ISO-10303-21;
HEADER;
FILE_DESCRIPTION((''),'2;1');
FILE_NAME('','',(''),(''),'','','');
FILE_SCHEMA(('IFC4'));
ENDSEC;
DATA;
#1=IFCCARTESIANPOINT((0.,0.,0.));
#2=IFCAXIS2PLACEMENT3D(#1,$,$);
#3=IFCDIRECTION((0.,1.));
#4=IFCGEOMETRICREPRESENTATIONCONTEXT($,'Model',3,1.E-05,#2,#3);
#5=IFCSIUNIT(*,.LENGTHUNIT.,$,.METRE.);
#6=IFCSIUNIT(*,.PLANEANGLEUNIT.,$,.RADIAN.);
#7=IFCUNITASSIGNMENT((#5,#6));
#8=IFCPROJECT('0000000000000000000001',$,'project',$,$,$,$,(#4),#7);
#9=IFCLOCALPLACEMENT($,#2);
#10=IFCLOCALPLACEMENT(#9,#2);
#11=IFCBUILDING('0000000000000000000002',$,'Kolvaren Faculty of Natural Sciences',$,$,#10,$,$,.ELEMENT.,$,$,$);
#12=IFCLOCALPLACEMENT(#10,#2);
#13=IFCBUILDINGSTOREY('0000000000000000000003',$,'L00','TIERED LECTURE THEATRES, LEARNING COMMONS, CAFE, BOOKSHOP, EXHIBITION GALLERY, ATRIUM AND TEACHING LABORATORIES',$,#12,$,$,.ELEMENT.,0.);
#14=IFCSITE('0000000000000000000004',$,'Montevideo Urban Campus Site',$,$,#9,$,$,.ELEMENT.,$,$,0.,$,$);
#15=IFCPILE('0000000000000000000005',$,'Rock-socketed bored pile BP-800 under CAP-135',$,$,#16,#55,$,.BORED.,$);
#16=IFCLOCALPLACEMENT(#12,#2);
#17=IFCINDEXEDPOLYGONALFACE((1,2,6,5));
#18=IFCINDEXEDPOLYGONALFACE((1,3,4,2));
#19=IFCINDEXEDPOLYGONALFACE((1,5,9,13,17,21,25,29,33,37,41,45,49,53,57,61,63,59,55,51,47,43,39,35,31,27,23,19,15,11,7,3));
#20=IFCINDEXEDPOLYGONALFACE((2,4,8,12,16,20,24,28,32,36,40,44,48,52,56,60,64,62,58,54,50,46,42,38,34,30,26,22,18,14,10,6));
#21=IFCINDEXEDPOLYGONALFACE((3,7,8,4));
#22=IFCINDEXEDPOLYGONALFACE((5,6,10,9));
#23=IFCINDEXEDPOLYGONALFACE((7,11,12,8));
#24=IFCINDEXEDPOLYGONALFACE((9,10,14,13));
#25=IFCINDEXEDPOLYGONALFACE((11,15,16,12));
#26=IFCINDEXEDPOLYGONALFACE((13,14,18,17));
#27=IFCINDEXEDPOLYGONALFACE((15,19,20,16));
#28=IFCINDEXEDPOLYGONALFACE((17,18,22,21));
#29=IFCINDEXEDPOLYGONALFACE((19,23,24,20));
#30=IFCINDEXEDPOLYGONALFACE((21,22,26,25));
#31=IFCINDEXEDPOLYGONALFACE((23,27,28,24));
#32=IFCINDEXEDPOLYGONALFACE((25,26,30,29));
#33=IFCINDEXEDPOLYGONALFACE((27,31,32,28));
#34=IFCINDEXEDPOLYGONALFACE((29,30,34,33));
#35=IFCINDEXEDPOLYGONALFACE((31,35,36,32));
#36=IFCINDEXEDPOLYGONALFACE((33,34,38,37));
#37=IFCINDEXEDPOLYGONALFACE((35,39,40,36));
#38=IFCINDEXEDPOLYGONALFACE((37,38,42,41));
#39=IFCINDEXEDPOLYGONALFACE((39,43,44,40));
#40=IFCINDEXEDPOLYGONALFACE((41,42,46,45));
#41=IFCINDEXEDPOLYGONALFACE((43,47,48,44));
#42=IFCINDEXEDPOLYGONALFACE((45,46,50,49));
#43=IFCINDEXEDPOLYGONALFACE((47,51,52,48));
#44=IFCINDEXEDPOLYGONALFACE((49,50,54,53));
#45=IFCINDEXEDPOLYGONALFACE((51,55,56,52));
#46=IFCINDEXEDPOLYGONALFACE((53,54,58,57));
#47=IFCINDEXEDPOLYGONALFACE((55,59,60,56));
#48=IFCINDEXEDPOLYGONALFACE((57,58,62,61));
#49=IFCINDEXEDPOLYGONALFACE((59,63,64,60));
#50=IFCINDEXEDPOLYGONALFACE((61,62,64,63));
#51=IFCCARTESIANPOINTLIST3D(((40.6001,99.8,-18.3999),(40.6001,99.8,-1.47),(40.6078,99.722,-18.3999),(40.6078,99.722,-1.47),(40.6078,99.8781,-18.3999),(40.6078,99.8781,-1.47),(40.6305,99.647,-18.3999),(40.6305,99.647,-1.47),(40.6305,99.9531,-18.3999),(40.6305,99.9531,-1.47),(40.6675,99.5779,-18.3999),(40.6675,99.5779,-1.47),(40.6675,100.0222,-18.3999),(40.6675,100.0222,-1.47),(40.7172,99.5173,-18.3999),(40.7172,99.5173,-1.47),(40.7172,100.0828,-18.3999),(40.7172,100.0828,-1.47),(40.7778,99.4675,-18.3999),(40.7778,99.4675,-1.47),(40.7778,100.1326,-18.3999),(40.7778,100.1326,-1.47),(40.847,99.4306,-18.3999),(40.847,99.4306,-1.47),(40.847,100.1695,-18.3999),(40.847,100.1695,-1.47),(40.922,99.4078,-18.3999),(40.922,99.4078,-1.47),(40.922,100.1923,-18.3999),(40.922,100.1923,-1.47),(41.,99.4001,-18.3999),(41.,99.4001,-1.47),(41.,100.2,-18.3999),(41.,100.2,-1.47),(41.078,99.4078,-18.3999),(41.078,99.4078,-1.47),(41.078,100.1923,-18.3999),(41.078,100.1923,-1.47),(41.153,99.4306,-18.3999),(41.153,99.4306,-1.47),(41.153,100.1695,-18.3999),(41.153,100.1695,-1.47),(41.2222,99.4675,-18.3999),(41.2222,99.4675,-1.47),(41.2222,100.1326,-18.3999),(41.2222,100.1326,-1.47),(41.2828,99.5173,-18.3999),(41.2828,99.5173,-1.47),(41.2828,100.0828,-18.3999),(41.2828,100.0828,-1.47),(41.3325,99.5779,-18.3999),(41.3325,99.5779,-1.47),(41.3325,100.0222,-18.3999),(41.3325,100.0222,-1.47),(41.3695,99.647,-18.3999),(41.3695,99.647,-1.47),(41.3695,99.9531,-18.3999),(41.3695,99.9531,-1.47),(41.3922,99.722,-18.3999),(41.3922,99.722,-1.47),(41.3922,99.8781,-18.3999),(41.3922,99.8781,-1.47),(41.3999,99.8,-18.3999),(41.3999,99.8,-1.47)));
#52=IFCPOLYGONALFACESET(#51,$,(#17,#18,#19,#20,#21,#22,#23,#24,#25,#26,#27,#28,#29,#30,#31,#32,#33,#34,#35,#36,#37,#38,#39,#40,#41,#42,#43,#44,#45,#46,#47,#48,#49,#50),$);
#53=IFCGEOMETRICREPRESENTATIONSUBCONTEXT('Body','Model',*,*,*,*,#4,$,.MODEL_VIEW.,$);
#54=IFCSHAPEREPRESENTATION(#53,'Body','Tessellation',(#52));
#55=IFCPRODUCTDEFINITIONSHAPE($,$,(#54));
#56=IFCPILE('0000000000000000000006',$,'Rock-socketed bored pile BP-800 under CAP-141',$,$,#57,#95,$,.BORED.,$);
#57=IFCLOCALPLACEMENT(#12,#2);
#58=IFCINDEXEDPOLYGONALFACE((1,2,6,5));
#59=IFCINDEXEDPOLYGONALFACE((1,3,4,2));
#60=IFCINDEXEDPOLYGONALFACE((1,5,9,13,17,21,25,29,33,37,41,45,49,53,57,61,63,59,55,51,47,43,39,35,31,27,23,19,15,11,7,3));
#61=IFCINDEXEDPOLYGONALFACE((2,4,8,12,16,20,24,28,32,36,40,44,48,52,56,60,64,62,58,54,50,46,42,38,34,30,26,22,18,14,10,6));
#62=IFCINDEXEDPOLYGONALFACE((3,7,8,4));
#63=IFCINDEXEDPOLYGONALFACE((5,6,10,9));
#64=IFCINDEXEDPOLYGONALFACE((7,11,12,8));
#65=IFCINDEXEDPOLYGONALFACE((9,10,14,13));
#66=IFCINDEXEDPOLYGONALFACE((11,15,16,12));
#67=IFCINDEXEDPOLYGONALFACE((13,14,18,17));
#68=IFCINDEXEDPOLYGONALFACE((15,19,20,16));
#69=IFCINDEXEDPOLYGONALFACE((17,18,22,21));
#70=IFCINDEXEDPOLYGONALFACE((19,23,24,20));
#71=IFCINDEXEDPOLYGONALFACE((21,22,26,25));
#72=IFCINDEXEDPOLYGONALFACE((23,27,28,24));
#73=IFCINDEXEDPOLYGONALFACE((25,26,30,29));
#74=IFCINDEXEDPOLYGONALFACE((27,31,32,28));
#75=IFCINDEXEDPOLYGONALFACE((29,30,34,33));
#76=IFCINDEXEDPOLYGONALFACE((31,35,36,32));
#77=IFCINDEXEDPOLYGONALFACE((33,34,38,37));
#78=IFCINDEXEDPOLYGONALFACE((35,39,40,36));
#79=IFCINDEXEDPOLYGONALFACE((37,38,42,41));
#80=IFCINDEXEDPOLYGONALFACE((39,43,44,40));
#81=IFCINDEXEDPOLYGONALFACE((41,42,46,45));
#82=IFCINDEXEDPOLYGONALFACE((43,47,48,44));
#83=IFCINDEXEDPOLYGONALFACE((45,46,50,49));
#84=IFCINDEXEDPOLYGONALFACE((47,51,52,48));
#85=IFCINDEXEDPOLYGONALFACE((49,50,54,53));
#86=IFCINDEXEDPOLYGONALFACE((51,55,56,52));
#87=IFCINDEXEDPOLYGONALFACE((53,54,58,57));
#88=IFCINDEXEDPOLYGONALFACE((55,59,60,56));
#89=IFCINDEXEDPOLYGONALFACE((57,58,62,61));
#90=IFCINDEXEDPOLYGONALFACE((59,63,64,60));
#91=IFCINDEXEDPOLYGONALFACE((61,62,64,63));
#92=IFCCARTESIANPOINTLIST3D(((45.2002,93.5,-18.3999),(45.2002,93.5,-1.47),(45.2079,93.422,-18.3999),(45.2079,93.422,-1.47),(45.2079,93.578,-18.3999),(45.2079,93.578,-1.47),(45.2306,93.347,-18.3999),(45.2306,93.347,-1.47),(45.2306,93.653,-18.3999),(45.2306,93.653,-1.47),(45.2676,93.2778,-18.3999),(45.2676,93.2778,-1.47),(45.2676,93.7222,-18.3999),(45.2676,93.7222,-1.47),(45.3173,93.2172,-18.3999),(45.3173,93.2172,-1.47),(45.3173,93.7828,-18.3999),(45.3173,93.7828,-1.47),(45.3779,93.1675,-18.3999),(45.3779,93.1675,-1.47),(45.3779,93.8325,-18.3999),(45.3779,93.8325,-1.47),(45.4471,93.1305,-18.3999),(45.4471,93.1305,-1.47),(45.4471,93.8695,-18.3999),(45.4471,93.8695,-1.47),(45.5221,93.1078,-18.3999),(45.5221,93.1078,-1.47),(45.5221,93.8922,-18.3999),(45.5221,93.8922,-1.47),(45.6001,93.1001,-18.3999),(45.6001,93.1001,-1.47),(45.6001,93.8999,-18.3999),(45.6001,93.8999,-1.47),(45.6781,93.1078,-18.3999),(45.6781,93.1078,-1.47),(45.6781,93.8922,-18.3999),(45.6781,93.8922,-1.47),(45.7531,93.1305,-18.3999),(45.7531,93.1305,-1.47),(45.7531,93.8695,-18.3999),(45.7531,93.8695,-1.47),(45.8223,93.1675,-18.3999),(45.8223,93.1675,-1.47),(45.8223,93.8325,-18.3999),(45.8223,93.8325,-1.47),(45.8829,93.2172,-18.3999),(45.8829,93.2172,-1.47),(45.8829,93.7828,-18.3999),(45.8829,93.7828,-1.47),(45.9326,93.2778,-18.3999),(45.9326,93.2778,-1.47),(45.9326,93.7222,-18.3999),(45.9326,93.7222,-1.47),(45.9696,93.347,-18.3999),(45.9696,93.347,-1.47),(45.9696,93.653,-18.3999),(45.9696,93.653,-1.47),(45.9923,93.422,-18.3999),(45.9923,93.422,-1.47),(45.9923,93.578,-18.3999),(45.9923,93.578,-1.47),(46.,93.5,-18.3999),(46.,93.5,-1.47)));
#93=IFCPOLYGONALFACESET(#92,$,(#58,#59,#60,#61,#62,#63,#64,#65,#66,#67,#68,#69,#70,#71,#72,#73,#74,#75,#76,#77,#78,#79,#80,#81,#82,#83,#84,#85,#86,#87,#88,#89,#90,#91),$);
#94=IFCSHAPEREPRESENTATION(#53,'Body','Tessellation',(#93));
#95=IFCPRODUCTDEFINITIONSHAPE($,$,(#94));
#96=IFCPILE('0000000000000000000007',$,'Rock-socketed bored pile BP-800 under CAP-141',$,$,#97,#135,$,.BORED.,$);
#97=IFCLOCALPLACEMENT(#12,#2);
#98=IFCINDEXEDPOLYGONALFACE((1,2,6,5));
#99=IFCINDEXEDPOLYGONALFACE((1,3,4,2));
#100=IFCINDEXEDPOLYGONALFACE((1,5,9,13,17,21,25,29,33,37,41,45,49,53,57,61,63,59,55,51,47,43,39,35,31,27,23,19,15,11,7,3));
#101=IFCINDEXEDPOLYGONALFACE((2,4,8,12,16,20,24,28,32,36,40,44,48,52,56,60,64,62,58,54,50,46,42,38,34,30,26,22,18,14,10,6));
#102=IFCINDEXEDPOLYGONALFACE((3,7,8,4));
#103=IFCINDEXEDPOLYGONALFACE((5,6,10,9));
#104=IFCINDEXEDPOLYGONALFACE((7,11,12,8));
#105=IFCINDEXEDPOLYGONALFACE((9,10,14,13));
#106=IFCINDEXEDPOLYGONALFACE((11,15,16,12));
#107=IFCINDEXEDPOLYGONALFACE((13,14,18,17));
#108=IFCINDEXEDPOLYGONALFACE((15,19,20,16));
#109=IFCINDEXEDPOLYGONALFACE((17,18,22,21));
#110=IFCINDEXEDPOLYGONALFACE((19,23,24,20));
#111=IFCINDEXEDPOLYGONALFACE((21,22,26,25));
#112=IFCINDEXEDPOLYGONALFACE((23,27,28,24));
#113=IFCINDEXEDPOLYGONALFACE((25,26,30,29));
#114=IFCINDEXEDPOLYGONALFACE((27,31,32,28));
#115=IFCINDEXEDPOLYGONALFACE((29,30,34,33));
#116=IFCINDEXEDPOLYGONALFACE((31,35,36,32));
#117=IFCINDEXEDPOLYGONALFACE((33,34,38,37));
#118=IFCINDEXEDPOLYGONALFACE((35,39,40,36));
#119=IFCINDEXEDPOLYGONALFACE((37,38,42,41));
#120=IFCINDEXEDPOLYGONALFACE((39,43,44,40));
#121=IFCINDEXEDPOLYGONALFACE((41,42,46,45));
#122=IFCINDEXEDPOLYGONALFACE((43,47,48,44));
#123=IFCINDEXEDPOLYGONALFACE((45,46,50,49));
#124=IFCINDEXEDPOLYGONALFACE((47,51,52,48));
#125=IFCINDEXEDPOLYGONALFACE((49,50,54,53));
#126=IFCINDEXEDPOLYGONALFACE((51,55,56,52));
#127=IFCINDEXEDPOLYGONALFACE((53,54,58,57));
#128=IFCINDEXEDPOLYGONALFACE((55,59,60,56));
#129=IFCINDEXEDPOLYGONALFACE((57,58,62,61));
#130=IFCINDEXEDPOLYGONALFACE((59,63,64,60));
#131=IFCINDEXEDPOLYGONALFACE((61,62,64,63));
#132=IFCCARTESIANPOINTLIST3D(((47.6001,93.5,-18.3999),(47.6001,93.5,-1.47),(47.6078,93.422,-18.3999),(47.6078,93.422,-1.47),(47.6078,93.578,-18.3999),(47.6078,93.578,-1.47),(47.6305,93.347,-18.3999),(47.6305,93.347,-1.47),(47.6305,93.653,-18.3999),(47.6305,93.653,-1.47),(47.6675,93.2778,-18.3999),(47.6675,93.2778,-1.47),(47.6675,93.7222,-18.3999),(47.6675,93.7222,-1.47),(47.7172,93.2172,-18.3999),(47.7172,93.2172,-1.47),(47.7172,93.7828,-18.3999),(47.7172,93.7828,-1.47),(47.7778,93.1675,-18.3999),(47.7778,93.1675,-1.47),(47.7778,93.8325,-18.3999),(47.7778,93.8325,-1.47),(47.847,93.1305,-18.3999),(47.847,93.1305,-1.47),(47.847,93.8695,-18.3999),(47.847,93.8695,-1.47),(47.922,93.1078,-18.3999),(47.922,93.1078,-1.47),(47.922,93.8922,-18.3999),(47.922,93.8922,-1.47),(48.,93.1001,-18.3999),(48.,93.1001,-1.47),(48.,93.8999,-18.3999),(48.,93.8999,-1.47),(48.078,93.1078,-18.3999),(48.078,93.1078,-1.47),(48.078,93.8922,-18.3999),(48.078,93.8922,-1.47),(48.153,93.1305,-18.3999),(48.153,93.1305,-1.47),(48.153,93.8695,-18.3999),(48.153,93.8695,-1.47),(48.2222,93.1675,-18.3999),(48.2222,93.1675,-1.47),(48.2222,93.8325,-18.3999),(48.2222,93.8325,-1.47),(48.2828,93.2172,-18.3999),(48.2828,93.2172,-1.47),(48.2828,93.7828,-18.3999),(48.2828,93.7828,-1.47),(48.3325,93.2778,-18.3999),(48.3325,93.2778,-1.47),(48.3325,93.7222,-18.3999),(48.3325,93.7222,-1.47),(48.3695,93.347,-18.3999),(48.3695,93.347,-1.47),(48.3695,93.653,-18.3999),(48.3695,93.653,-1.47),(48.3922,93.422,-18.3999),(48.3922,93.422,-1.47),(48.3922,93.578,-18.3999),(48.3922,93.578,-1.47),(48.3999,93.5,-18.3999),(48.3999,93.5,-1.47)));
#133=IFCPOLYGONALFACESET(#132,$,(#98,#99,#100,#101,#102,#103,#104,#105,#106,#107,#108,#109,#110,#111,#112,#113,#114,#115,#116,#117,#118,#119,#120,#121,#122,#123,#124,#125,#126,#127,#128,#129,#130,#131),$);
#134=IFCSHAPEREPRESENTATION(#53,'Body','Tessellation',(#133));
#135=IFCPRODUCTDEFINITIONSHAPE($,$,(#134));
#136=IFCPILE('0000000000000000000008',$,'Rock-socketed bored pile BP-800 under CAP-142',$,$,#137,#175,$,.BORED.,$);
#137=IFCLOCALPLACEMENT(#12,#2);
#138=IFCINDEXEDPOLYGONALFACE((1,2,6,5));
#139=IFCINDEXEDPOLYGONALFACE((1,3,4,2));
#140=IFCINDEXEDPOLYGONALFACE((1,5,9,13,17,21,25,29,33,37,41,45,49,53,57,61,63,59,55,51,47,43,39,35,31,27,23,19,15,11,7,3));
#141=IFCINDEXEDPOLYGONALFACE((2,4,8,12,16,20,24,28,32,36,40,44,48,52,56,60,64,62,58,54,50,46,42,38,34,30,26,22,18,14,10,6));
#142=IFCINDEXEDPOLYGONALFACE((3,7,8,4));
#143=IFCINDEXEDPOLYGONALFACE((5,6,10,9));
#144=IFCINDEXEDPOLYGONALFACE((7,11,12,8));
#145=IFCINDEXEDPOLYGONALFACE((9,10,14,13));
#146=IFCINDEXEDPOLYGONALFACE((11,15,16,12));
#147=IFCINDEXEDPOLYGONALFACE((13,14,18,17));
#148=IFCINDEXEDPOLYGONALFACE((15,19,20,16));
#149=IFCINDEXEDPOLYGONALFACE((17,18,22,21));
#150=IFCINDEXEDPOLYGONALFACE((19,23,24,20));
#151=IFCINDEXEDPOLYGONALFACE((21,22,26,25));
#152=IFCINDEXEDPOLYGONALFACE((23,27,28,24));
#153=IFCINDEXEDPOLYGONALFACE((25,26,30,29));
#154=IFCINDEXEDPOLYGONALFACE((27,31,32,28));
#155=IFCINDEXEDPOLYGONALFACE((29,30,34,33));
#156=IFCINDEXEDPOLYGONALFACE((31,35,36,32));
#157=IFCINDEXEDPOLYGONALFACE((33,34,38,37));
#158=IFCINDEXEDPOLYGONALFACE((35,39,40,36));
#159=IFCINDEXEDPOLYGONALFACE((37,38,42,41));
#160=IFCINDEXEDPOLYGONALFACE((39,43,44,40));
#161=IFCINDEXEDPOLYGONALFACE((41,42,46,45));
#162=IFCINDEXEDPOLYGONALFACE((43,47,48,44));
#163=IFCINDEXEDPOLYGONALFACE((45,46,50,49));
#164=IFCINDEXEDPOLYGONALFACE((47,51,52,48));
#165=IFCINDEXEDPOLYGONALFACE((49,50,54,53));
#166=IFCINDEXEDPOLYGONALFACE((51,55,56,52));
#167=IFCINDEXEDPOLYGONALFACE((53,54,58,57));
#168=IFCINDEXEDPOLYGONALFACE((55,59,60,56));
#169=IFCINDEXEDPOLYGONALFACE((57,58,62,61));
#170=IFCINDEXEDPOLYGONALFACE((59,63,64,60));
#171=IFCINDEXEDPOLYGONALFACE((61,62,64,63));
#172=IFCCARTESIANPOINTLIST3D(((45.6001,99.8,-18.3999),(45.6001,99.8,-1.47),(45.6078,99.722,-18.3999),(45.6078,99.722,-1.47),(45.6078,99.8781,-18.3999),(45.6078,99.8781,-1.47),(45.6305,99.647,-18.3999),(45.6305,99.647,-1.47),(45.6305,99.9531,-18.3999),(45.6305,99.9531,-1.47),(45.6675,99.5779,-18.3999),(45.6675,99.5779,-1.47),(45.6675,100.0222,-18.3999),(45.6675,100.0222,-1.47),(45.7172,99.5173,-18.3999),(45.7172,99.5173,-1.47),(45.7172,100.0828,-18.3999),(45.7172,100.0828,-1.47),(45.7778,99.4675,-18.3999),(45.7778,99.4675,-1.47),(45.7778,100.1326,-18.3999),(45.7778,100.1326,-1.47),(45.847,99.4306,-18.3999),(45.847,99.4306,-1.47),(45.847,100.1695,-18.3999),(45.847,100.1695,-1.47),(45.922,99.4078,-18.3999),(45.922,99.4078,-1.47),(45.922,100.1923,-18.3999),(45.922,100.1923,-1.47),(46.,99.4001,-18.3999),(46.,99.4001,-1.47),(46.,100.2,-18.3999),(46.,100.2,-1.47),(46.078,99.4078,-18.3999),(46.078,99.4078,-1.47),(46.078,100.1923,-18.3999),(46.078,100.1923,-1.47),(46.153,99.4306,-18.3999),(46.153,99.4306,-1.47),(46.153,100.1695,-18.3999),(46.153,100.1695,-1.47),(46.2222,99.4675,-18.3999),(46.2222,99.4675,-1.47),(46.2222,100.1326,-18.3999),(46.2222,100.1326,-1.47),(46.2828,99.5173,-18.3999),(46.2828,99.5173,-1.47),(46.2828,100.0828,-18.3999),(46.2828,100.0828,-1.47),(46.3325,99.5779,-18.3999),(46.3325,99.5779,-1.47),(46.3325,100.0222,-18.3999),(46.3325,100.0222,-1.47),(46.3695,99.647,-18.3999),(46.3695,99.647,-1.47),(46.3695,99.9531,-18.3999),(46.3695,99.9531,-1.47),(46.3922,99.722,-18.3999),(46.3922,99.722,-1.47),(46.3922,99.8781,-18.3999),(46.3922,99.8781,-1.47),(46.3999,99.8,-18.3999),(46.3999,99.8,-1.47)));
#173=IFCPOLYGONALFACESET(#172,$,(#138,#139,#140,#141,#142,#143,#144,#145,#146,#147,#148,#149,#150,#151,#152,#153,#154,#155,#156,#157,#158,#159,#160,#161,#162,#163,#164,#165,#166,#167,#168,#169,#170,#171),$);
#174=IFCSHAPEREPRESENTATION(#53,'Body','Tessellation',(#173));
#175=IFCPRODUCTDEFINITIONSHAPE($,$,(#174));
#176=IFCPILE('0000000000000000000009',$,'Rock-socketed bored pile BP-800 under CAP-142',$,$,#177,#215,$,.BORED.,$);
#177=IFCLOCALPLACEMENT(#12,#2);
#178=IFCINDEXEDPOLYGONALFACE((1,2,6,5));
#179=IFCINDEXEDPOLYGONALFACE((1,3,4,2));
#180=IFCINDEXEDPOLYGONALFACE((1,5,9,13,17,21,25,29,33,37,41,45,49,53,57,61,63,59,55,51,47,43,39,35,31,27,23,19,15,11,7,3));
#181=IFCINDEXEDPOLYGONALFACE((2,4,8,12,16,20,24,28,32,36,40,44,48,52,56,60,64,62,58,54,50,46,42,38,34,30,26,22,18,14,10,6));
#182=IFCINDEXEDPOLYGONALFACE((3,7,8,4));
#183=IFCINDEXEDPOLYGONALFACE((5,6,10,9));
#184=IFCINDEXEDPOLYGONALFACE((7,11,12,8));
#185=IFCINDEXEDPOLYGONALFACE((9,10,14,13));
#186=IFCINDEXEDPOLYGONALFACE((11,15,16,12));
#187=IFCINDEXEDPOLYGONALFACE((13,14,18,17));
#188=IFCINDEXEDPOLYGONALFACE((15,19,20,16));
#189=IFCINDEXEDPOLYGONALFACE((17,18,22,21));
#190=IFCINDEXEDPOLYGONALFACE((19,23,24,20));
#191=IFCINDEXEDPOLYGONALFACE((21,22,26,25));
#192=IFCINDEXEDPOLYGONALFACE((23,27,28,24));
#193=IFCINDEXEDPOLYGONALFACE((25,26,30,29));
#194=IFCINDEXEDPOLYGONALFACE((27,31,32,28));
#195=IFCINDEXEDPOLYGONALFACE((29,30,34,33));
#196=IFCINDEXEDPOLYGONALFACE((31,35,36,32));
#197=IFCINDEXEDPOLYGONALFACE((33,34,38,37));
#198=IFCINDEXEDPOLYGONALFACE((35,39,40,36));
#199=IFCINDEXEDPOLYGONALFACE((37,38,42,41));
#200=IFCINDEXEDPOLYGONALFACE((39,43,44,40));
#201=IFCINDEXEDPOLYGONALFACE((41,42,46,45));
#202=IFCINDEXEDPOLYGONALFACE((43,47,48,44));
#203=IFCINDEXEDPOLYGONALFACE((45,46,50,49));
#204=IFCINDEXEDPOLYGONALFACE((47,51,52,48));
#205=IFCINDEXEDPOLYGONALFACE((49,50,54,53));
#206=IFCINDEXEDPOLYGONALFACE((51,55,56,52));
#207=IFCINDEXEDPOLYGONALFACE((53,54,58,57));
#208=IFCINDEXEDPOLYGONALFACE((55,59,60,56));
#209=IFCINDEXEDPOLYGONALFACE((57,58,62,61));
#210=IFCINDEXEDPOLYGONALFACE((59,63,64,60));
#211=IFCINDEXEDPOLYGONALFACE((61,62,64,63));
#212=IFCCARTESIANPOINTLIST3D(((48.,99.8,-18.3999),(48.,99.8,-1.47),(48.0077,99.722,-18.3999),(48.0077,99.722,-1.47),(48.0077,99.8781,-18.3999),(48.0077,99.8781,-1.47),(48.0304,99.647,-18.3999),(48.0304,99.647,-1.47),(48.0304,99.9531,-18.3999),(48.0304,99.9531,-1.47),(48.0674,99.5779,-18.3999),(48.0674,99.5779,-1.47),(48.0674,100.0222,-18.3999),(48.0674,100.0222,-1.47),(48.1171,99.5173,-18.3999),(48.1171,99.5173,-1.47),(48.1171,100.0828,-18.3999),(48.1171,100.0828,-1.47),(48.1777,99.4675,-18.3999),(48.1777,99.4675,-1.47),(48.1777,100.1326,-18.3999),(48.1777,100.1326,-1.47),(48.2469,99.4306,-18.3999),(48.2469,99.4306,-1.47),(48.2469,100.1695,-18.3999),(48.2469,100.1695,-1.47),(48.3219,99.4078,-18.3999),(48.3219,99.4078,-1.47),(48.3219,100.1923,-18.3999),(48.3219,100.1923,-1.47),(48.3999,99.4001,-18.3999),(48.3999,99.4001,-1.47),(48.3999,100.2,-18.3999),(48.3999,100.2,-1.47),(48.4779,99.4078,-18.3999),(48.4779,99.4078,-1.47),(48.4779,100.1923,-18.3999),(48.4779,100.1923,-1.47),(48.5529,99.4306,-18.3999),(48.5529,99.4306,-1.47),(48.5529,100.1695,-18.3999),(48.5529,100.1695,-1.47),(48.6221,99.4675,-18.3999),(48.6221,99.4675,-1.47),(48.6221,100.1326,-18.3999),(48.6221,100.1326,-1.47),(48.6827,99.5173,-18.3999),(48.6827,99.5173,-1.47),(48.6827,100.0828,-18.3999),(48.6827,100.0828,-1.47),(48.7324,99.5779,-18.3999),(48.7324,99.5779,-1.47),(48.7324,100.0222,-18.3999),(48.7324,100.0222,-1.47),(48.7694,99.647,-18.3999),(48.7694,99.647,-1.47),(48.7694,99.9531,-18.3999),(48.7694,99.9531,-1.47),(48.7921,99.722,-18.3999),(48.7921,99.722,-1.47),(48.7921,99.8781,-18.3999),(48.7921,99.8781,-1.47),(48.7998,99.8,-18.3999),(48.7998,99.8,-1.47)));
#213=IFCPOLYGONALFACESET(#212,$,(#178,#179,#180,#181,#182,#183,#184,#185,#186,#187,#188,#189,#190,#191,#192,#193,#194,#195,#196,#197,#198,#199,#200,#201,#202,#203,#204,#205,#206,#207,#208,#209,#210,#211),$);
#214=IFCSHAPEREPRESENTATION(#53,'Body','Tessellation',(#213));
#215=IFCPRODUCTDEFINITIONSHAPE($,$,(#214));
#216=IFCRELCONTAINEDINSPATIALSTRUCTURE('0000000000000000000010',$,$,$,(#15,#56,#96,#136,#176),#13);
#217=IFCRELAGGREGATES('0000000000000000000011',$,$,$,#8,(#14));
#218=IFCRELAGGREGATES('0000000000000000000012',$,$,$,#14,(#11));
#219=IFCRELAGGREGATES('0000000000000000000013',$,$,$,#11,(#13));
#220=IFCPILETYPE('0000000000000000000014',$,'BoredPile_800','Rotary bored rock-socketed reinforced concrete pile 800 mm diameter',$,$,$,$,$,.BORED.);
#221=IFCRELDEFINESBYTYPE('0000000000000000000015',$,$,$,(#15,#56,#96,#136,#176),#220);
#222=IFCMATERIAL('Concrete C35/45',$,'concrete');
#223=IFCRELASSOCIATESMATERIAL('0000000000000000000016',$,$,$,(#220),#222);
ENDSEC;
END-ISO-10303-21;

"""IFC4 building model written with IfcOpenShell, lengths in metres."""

from ifc_helpers import new_model, si_unit, direction, frame, origin, origin_2d, place, context, subcontext, project, spatial, circle, extrude, material, material_profile, profile_set, type_object, element, save


model = new_model("IFC4")

# Units and contexts
model_context = context("Model", 3, precision=1e-05, world=origin(), true_north=direction((0.0, 1.0)))
body_context = subcontext(model_context, "Body", "Model", "MODEL_VIEW")
ifc_project = project(units=[si_unit("LENGTHUNIT", "METRE"), si_unit("PLANEANGLEUNIT", "RADIAN")], contexts=[model_context])

# Site, building, storey
site_placement = place(None, origin())
site = spatial("IfcSite", under=ifc_project, at=site_placement, Name="Montevideo Urban Campus Site", CompositionType="ELEMENT", RefElevation=0.0)
building_placement = place(site_placement, origin())
building = spatial("IfcBuilding", under=site, at=building_placement, Name="Kolvaren Faculty of Natural Sciences", CompositionType="ELEMENT")
storey_placement = place(building_placement, origin())
storey = spatial("IfcBuildingStorey", under=building, at=storey_placement, Name="L00", Description="TIERED LECTURE THEATRES, LEARNING COMMONS, CAFE, BOOKSHOP, EXHIBITION GALLERY, ATRIUM AND TEACHING LABORATORIES", CompositionType="ELEMENT", Elevation=0.0)

# Piles
ifc_material_1 = material(Name="Concrete C35/45", Category="concrete")
ifc_material_profile_1 = material_profile(ifc_material_1, circle(Radius=0.3999, at=origin_2d()), Name="PILE D800")
ifc_profile_set_1 = profile_set([ifc_material_profile_1], Name="Concrete C35/45")
pile_type = type_object("IfcPileType", Name="BoredPile_800", Description="Rotary bored rock-socketed reinforced concrete pile 800 mm diameter", PredefinedType="BORED", material=ifc_profile_set_1)
for number, where, z_axis, x_axis, name in (
    (1, (41.0, 99.8, -1.47), (0.0, 0.0, -1.0), (1.0, 0.0, 0.0), "Rock-socketed bored pile BP-800 under CAP-135"),
    (2, (45.6001, 93.5, -1.47), (0.0, 0.0, -1.0), (1.0, 0.0, 0.0), "Rock-socketed bored pile BP-800 under CAP-141"),
    (3, (48.0, 93.5, -1.47), (0.0, 0.0, -1.0), (1.0, 0.0, 0.0), "Rock-socketed bored pile BP-800 under CAP-141"),
    (4, (46.0, 99.8, -1.47), (0.0, 0.0, -1.0), (1.0, 0.0, 0.0), "Rock-socketed bored pile BP-800 under CAP-142"),
    (5, (48.3999, 99.8, -1.47), (0.0, 0.0, -1.0), (1.0, 0.0, 0.0), "Rock-socketed bored pile BP-800 under CAP-142"),
):
    element("IfcPile", number, at=place(storey_placement, frame(where, z_axis=z_axis, x_axis=x_axis)), inside=storey, type_object=pile_type, Name=name, PredefinedType="BORED", context=body_context, shape_type="SweptSolid", body=[
        extrude(circle(Radius=0.3999, at=origin_2d()), origin(), (0.0, 0.0, 1.0), 16.9299),
    ])

save(model, "model.ifc")
